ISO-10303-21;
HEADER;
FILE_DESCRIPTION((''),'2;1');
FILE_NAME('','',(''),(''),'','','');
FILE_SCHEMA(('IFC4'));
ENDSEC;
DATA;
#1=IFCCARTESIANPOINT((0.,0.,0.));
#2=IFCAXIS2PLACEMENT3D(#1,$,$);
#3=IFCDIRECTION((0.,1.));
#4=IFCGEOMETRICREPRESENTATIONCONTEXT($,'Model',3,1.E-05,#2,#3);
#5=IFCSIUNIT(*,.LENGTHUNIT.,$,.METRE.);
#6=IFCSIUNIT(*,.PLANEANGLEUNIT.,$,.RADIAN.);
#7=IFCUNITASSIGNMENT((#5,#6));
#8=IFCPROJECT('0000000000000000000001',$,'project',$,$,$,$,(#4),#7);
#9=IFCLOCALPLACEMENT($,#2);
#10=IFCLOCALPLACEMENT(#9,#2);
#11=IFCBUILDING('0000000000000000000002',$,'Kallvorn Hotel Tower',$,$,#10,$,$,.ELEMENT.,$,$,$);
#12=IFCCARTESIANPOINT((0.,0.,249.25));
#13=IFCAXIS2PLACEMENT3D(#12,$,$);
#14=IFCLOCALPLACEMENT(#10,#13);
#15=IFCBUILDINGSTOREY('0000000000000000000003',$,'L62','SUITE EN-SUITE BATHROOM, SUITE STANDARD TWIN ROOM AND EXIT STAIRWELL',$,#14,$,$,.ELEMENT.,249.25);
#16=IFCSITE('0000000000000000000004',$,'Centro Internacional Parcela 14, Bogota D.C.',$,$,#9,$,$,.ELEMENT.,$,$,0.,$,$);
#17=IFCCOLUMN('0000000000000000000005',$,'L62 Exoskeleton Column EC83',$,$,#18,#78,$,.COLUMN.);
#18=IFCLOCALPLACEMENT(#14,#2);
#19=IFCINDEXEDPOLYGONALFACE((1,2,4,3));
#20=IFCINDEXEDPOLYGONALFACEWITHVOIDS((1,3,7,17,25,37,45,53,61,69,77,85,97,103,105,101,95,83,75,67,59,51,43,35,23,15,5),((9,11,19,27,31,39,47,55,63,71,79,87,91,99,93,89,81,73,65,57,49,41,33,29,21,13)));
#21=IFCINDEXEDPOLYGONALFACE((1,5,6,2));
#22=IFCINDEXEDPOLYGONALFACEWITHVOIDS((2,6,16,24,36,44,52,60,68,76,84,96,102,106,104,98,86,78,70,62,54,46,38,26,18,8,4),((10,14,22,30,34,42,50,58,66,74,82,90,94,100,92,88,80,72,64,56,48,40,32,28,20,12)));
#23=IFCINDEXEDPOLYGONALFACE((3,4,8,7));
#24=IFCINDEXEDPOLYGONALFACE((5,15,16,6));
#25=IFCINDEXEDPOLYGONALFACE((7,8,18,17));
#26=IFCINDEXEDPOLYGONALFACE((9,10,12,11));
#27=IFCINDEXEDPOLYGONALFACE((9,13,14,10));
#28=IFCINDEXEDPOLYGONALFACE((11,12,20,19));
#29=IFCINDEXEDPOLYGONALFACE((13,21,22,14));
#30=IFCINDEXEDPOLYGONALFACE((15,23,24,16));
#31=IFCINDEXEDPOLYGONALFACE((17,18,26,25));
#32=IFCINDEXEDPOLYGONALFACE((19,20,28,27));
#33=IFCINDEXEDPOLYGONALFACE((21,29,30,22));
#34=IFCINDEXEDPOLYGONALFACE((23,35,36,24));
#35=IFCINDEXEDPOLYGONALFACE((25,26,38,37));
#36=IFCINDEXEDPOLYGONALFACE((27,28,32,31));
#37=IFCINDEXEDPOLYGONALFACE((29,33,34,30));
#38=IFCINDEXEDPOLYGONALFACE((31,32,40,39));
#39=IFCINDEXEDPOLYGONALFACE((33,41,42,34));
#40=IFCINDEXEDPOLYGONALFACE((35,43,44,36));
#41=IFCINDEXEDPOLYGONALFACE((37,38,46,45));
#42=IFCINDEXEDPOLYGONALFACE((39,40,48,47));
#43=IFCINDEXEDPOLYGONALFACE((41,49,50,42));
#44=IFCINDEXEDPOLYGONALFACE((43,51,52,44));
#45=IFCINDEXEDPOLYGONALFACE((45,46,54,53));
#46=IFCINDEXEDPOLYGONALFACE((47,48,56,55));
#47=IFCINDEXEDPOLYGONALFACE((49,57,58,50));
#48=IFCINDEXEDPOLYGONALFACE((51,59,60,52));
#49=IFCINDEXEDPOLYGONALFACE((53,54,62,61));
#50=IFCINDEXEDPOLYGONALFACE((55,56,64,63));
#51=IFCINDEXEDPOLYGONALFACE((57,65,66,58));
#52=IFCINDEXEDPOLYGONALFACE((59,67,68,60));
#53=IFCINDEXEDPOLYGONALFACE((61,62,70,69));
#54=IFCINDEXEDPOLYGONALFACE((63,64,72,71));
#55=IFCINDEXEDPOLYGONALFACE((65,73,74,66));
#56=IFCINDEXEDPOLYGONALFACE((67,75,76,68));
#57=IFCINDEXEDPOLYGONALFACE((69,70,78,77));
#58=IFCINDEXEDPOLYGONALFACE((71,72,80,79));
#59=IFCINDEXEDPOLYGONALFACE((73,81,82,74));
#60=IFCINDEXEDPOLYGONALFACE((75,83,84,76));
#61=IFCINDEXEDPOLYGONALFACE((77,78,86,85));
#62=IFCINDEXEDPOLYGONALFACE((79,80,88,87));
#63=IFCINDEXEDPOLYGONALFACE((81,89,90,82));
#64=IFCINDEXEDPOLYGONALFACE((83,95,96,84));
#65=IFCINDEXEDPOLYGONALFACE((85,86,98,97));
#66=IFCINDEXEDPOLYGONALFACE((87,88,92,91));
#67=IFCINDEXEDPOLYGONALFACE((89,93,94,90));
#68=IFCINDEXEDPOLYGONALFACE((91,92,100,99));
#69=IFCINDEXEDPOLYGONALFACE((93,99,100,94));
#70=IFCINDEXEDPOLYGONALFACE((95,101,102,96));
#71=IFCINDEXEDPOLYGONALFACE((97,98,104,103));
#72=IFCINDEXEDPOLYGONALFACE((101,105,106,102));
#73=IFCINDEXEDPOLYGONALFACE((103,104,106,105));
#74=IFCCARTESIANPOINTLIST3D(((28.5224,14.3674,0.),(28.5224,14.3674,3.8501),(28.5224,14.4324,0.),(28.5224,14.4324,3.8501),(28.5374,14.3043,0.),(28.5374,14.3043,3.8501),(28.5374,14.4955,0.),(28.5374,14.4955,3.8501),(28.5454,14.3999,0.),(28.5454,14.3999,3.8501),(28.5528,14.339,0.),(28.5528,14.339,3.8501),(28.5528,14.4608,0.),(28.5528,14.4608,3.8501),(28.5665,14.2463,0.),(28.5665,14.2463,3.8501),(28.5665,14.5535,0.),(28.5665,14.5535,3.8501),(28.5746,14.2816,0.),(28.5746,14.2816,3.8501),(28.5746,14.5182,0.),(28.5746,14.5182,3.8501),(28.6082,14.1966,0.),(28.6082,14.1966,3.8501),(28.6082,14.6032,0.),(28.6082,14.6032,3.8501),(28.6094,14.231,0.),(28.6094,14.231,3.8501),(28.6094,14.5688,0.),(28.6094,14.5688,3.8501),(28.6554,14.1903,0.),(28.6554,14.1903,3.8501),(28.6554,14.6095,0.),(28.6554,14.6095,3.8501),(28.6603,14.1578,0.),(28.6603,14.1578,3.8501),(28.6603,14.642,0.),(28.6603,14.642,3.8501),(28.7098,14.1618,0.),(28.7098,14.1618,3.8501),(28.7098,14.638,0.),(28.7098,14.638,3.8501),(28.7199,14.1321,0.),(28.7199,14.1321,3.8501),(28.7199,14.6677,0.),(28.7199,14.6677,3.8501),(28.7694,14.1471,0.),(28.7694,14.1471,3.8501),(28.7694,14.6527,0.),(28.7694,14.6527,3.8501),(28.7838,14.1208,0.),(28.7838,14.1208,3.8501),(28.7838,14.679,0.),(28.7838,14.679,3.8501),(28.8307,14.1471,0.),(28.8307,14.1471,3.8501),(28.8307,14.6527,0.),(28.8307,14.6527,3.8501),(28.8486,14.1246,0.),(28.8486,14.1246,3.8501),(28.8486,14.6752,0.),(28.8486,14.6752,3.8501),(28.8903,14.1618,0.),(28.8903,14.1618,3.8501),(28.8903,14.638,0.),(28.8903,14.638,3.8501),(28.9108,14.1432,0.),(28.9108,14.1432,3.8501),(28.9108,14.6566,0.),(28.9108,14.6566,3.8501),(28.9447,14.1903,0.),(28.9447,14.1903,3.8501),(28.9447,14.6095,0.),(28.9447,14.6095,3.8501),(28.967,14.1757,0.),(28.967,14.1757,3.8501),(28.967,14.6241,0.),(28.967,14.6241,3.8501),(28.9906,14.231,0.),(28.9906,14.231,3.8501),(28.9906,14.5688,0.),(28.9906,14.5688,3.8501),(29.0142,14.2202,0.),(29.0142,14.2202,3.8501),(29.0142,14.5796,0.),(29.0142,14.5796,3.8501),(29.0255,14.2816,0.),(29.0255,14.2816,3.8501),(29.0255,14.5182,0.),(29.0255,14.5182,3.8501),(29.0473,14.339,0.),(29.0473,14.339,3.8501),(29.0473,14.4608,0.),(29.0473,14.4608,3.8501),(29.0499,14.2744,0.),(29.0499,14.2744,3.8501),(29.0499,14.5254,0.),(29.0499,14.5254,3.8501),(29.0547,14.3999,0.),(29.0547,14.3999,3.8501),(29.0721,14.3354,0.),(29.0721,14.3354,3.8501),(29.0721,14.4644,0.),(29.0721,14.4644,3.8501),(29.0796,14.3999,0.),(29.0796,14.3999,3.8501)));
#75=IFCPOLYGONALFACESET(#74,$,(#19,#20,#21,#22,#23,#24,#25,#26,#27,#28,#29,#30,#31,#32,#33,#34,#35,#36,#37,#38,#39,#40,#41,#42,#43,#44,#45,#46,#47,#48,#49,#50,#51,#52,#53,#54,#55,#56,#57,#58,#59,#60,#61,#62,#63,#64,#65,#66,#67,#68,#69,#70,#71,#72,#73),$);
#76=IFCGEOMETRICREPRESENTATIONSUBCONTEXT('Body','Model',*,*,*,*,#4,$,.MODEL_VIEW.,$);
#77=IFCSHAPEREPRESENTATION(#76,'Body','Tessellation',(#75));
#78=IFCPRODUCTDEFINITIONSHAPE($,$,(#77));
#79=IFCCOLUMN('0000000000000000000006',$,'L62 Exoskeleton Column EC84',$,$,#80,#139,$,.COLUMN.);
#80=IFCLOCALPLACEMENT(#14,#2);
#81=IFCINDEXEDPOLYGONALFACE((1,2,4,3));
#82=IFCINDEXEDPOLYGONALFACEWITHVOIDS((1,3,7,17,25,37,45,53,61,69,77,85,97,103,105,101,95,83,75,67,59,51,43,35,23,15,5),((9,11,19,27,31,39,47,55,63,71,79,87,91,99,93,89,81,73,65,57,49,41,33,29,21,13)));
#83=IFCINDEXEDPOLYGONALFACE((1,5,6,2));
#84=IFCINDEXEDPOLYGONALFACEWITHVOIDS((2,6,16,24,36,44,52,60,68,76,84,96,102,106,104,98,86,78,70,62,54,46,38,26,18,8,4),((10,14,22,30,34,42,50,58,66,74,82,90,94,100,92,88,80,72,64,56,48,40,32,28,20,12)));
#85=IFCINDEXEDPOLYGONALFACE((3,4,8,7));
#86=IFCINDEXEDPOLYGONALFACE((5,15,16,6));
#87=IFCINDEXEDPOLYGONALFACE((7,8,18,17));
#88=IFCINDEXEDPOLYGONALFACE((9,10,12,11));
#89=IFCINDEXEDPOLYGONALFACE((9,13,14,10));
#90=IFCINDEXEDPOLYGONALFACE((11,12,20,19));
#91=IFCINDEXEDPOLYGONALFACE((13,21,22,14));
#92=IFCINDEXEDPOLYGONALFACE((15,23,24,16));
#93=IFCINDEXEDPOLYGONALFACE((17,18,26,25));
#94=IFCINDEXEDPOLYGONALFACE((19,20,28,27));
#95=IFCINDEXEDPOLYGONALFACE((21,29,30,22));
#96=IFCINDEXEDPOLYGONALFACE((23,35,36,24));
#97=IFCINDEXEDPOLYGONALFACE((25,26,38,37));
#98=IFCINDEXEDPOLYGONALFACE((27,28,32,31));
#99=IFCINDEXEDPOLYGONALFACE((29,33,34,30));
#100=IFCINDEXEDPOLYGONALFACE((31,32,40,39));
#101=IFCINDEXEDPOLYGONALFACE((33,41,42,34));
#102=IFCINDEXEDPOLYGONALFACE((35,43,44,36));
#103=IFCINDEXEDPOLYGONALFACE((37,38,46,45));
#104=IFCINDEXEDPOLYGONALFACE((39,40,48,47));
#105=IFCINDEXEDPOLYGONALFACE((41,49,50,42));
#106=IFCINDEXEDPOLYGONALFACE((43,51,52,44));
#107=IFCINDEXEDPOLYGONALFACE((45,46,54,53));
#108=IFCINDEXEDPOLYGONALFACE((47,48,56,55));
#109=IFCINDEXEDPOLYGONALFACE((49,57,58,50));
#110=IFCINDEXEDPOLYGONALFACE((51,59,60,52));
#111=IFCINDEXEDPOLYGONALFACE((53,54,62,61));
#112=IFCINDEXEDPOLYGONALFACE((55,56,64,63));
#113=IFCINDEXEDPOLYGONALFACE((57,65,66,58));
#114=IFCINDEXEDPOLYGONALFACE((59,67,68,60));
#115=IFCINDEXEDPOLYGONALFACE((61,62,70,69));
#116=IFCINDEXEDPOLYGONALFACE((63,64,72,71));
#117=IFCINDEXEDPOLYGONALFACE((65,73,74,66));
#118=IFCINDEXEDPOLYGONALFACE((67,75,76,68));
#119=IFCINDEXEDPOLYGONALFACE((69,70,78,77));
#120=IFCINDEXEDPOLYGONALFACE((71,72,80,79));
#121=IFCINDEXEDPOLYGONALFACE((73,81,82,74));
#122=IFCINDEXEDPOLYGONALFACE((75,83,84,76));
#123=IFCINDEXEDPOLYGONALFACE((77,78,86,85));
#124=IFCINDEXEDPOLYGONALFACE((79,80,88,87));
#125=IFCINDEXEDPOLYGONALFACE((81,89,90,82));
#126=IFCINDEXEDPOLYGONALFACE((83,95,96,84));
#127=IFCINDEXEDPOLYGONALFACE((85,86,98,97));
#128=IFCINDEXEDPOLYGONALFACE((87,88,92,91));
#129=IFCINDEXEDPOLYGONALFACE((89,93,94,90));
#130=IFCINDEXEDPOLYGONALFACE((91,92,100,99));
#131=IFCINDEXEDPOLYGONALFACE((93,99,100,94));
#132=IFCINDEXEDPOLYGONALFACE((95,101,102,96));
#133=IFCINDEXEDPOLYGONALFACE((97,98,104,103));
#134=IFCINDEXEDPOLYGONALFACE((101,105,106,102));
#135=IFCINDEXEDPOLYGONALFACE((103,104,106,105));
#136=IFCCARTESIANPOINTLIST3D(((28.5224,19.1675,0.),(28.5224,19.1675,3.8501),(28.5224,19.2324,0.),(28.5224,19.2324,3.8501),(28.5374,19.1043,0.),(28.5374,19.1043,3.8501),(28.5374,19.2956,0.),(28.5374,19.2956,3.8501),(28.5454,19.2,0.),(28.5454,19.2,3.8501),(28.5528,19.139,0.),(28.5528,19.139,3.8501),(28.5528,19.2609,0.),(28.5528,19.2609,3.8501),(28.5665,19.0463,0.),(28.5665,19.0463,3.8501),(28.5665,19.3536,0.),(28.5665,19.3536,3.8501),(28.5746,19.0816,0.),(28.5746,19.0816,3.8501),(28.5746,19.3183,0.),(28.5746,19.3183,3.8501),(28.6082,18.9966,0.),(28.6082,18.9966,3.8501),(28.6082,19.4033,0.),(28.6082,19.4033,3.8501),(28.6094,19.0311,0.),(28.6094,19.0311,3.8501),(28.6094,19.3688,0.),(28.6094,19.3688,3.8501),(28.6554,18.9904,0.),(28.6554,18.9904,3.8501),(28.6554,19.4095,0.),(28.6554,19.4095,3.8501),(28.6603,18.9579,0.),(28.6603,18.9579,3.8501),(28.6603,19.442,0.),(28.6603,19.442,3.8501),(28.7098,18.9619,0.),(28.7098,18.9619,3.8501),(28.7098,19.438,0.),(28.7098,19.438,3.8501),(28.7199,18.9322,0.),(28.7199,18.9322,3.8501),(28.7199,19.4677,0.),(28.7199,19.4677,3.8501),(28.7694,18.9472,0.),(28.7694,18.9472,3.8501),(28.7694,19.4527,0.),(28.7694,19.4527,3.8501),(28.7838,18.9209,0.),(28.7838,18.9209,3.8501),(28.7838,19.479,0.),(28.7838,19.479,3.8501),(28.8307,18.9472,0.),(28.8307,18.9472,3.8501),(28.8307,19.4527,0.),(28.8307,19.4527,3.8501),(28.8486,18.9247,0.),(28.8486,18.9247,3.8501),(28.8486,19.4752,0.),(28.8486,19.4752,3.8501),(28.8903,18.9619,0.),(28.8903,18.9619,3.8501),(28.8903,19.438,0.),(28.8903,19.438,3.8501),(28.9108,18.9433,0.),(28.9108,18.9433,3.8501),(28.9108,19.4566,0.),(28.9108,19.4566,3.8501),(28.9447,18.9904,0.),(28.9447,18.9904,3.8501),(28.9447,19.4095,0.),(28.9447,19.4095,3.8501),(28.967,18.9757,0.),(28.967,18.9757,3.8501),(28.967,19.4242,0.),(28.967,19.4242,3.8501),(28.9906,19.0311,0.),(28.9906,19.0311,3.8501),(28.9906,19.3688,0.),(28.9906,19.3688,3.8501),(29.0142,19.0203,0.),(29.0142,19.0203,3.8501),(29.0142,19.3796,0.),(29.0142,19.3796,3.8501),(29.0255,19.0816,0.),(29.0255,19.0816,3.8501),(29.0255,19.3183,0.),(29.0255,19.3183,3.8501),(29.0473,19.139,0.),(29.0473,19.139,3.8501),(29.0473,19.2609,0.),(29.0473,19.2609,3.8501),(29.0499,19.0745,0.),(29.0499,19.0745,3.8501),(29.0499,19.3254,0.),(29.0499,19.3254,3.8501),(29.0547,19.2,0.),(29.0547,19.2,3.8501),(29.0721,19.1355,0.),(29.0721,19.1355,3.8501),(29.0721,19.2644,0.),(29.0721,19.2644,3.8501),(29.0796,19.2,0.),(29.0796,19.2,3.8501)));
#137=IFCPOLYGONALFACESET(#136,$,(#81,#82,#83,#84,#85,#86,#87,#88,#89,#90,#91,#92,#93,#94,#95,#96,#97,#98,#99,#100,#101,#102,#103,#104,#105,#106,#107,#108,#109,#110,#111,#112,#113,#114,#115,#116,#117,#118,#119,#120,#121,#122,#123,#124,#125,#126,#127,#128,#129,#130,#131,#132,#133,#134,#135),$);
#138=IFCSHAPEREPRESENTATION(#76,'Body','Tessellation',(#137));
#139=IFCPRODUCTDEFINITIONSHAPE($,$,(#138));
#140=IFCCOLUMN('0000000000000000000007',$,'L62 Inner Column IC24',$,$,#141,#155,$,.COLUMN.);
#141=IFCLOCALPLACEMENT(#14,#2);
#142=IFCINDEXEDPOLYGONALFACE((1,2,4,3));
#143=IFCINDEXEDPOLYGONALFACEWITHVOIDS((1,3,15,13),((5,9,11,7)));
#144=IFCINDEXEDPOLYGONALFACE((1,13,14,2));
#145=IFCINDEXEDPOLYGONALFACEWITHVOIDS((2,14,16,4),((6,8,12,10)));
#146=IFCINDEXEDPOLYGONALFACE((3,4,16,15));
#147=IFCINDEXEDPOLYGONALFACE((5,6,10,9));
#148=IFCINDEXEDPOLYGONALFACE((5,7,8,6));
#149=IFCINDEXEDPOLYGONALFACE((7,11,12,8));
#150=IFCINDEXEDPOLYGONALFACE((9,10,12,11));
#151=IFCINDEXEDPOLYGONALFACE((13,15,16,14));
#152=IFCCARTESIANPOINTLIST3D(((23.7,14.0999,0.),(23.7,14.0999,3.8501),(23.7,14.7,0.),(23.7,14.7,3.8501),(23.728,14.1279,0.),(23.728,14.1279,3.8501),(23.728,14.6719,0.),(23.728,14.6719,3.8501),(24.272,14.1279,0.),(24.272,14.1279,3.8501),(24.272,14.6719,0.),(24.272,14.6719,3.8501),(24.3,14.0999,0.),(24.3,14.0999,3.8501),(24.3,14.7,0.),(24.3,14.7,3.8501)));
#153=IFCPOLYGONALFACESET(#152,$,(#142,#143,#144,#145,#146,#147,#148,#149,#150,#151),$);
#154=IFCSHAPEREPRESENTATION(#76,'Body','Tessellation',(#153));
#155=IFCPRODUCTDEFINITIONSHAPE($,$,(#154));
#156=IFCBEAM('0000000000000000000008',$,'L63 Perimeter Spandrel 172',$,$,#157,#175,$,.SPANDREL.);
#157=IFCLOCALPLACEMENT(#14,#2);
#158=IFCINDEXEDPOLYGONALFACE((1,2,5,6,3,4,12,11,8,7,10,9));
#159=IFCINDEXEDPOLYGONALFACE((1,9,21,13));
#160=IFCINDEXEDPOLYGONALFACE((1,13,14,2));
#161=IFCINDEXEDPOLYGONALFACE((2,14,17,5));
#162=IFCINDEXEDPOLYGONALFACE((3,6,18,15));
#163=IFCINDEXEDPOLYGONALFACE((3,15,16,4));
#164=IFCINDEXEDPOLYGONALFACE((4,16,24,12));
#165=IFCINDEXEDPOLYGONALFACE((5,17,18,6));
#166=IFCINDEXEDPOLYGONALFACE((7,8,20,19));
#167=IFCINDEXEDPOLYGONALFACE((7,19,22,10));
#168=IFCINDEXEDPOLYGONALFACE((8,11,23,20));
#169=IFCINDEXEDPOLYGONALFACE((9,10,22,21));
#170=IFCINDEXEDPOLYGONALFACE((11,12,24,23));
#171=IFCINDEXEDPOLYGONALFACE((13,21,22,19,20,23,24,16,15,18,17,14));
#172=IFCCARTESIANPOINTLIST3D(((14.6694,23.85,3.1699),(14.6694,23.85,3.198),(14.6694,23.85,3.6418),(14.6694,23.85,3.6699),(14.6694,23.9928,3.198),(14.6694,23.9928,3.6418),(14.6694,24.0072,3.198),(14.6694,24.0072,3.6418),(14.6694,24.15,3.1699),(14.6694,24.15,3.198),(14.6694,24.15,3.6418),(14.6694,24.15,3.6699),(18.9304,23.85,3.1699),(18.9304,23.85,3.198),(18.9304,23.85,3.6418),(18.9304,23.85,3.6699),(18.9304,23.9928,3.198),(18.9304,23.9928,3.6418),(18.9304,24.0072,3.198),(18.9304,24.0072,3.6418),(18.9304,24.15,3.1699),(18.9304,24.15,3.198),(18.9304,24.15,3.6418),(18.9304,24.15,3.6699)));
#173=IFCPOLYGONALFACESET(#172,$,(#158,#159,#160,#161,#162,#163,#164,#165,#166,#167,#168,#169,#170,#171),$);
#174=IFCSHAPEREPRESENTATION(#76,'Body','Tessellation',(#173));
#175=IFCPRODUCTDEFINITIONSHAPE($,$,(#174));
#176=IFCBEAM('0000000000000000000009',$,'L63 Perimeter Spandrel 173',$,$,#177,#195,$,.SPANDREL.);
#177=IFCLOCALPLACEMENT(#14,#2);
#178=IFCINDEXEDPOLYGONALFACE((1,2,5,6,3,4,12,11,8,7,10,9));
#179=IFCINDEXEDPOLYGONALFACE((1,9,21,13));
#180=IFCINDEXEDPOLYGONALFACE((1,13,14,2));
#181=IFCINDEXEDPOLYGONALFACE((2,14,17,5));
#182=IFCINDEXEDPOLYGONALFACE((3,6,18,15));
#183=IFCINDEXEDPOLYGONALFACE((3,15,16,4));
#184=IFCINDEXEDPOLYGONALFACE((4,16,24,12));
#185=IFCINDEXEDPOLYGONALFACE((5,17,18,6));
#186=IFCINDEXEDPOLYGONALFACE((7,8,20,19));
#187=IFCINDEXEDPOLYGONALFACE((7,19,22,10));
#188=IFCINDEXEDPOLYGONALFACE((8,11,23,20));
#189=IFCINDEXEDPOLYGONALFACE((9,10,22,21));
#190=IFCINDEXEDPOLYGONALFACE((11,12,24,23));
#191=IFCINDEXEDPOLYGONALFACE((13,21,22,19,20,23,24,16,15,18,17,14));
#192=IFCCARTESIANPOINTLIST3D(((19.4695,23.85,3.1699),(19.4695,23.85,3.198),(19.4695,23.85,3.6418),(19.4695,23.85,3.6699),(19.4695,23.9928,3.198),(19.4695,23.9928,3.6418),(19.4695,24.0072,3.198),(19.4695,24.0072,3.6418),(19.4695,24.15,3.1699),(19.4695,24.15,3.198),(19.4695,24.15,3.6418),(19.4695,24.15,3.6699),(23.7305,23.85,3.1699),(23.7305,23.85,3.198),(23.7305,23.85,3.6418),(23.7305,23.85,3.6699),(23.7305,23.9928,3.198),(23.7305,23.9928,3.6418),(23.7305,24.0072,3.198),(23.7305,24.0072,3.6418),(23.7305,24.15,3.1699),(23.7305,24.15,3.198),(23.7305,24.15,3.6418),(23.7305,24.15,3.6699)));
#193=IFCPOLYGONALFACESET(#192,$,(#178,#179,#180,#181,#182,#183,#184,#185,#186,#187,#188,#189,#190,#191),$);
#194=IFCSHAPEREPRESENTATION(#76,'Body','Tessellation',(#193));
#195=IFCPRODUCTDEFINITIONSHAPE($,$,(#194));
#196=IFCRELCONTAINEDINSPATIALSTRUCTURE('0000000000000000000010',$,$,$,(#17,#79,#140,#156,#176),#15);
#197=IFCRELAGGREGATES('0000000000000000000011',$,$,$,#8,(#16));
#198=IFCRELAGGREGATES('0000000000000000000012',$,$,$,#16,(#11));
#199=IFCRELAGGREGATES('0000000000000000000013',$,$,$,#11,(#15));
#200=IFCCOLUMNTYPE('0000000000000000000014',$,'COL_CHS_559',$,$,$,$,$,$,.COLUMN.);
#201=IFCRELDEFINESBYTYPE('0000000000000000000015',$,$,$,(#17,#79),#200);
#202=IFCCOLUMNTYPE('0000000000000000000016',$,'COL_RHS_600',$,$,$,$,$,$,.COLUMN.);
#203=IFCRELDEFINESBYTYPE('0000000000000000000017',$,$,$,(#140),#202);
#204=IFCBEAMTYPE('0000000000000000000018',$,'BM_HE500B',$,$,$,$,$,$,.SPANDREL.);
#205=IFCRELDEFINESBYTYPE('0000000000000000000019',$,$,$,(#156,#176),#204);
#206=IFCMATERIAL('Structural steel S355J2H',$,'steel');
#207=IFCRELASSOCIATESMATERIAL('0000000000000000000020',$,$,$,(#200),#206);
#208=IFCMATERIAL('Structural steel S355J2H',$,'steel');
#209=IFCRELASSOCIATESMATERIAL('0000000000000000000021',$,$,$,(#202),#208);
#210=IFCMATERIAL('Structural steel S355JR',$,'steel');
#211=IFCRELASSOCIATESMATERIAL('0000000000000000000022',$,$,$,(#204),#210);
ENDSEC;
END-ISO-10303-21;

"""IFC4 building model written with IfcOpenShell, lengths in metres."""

from ifc_helpers import new_model, si_unit, direction, frame, origin, origin_2d, place, context, subcontext, project, spatial, hollow_rectangle, hollow_circle, i_section, extrude, material, material_profile, profile_set, type_object, element, save


model = new_model("IFC4")

# Units and contexts
model_context = context("Model", 3, precision=1e-05, world=origin(), true_north=direction((0.0, 1.0)))
body_context = subcontext(model_context, "Body", "Model", "MODEL_VIEW")
ifc_project = project(units=[si_unit("LENGTHUNIT", "METRE"), si_unit("PLANEANGLEUNIT", "RADIAN")], contexts=[model_context])

# Site, building, storey
site_placement = place(None, origin())
site = spatial("IfcSite", under=ifc_project, at=site_placement, Name="Centro Internacional Parcela 14, Bogota D.C.", CompositionType="ELEMENT", RefElevation=0.0)
building_placement = place(site_placement, origin())
building = spatial("IfcBuilding", under=site, at=building_placement, Name="Kallvorn Hotel Tower", CompositionType="ELEMENT")
storey_placement = place(building_placement, frame((0.0, 0.0, 249.25)))
storey = spatial("IfcBuildingStorey", under=building, at=storey_placement, Name="L62", Description="SUITE EN-SUITE BATHROOM, SUITE STANDARD TWIN ROOM AND EXIT STAIRWELL", CompositionType="ELEMENT", Elevation=249.25)

# Columns
ifc_material_1 = material(Name="Structural steel S355J2H", Category="steel")
ifc_material_profile_1 = material_profile(ifc_material_1, hollow_circle(Radius=0.2795, WallThickness=0.0249, at=origin_2d()), Name="CHS 559x25")
ifc_profile_set_1 = profile_set([ifc_material_profile_1], Name="Structural steel S355J2H")
column_type_1 = type_object("IfcColumnType", Name="COL_CHS_559", PredefinedType="COLUMN", material=ifc_profile_set_1)
for number, where, z_axis, x_axis, name in (
    (1, (28.8, 14.3999, 0.0), (0.0, 0.0, 1.0), (1.0, 0.0, 0.0), "L62 Exoskeleton Column EC83"),
    (2, (28.8, 19.2, 0.0), (0.0, 0.0, 1.0), (1.0, 0.0, 0.0), "L62 Exoskeleton Column EC84"),
):
    element("IfcColumn", number, at=place(storey_placement, frame(where, z_axis=z_axis, x_axis=x_axis)), inside=storey, type_object=column_type_1, Name=name, PredefinedType="COLUMN", context=body_context, shape_type="SweptSolid", body=[
        extrude(hollow_circle(Radius=0.2795, WallThickness=0.0249, at=origin_2d()), origin(), (0.0, 0.0, 1.0), 3.8501),
    ])
ifc_material_2 = material(Name="Structural steel S355J2H", Category="steel")
ifc_material_profile_2 = material_profile(ifc_material_2, hollow_rectangle(XDim=0.6001, YDim=0.6001, WallThickness=0.0281, at=origin_2d()), Name="RHS 600x600x28")
ifc_profile_set_2 = profile_set([ifc_material_profile_2], Name="Structural steel S355J2H")
column_type_2 = type_object("IfcColumnType", Name="COL_RHS_600", PredefinedType="COLUMN", material=ifc_profile_set_2)
column_placement = place(storey_placement, frame((24.0, 14.3999, 0.0), z_axis=(0.0, 0.0, 1.0), x_axis=(1.0, 0.0, 0.0)))
element("IfcColumn", 3, at=column_placement, inside=storey, type_object=column_type_2, Name="L62 Inner Column IC24", PredefinedType="COLUMN", context=body_context, shape_type="SweptSolid", body=[
    extrude(hollow_rectangle(XDim=0.6001, YDim=0.6001, WallThickness=0.0281, at=origin_2d()), origin(), (0.0, 0.0, 1.0), 3.8501),
])

# Beams
ifc_material_3 = material(Name="Structural steel S355JR", Category="steel")
ifc_material_profile_3 = material_profile(ifc_material_3, i_section(OverallWidth=0.3, OverallDepth=0.5, WebThickness=0.0144, FlangeThickness=0.0281, at=origin_2d()), Name="HE 500 B")
ifc_profile_set_3 = profile_set([ifc_material_profile_3], Name="Structural steel S355JR")
beam_type_1 = type_object("IfcBeamType", Name="BM_HE500B", PredefinedType="SPANDREL", material=ifc_profile_set_3)
for number, where, z_axis, x_axis, name in (
    (4, (14.6694, 24.0, 3.4199), (1.0, 0.0, 0.0), (0.0, 1.0, 0.0), "L63 Perimeter Spandrel 172"),
    (5, (19.4695, 24.0, 3.4199), (1.0, 0.0, 0.0), (0.0, 1.0, 0.0), "L63 Perimeter Spandrel 173"),
):
    element("IfcBeam", number, at=place(storey_placement, frame(where, z_axis=z_axis, x_axis=x_axis)), inside=storey, type_object=beam_type_1, Name=name, PredefinedType="SPANDREL", context=body_context, shape_type="SweptSolid", body=[
        extrude(i_section(OverallWidth=0.3, OverallDepth=0.5, WebThickness=0.0144, FlangeThickness=0.0281, at=origin_2d()), origin(), (0.0, 0.0, 1.0), 4.261),
    ])

save(model, "model.ifc")
